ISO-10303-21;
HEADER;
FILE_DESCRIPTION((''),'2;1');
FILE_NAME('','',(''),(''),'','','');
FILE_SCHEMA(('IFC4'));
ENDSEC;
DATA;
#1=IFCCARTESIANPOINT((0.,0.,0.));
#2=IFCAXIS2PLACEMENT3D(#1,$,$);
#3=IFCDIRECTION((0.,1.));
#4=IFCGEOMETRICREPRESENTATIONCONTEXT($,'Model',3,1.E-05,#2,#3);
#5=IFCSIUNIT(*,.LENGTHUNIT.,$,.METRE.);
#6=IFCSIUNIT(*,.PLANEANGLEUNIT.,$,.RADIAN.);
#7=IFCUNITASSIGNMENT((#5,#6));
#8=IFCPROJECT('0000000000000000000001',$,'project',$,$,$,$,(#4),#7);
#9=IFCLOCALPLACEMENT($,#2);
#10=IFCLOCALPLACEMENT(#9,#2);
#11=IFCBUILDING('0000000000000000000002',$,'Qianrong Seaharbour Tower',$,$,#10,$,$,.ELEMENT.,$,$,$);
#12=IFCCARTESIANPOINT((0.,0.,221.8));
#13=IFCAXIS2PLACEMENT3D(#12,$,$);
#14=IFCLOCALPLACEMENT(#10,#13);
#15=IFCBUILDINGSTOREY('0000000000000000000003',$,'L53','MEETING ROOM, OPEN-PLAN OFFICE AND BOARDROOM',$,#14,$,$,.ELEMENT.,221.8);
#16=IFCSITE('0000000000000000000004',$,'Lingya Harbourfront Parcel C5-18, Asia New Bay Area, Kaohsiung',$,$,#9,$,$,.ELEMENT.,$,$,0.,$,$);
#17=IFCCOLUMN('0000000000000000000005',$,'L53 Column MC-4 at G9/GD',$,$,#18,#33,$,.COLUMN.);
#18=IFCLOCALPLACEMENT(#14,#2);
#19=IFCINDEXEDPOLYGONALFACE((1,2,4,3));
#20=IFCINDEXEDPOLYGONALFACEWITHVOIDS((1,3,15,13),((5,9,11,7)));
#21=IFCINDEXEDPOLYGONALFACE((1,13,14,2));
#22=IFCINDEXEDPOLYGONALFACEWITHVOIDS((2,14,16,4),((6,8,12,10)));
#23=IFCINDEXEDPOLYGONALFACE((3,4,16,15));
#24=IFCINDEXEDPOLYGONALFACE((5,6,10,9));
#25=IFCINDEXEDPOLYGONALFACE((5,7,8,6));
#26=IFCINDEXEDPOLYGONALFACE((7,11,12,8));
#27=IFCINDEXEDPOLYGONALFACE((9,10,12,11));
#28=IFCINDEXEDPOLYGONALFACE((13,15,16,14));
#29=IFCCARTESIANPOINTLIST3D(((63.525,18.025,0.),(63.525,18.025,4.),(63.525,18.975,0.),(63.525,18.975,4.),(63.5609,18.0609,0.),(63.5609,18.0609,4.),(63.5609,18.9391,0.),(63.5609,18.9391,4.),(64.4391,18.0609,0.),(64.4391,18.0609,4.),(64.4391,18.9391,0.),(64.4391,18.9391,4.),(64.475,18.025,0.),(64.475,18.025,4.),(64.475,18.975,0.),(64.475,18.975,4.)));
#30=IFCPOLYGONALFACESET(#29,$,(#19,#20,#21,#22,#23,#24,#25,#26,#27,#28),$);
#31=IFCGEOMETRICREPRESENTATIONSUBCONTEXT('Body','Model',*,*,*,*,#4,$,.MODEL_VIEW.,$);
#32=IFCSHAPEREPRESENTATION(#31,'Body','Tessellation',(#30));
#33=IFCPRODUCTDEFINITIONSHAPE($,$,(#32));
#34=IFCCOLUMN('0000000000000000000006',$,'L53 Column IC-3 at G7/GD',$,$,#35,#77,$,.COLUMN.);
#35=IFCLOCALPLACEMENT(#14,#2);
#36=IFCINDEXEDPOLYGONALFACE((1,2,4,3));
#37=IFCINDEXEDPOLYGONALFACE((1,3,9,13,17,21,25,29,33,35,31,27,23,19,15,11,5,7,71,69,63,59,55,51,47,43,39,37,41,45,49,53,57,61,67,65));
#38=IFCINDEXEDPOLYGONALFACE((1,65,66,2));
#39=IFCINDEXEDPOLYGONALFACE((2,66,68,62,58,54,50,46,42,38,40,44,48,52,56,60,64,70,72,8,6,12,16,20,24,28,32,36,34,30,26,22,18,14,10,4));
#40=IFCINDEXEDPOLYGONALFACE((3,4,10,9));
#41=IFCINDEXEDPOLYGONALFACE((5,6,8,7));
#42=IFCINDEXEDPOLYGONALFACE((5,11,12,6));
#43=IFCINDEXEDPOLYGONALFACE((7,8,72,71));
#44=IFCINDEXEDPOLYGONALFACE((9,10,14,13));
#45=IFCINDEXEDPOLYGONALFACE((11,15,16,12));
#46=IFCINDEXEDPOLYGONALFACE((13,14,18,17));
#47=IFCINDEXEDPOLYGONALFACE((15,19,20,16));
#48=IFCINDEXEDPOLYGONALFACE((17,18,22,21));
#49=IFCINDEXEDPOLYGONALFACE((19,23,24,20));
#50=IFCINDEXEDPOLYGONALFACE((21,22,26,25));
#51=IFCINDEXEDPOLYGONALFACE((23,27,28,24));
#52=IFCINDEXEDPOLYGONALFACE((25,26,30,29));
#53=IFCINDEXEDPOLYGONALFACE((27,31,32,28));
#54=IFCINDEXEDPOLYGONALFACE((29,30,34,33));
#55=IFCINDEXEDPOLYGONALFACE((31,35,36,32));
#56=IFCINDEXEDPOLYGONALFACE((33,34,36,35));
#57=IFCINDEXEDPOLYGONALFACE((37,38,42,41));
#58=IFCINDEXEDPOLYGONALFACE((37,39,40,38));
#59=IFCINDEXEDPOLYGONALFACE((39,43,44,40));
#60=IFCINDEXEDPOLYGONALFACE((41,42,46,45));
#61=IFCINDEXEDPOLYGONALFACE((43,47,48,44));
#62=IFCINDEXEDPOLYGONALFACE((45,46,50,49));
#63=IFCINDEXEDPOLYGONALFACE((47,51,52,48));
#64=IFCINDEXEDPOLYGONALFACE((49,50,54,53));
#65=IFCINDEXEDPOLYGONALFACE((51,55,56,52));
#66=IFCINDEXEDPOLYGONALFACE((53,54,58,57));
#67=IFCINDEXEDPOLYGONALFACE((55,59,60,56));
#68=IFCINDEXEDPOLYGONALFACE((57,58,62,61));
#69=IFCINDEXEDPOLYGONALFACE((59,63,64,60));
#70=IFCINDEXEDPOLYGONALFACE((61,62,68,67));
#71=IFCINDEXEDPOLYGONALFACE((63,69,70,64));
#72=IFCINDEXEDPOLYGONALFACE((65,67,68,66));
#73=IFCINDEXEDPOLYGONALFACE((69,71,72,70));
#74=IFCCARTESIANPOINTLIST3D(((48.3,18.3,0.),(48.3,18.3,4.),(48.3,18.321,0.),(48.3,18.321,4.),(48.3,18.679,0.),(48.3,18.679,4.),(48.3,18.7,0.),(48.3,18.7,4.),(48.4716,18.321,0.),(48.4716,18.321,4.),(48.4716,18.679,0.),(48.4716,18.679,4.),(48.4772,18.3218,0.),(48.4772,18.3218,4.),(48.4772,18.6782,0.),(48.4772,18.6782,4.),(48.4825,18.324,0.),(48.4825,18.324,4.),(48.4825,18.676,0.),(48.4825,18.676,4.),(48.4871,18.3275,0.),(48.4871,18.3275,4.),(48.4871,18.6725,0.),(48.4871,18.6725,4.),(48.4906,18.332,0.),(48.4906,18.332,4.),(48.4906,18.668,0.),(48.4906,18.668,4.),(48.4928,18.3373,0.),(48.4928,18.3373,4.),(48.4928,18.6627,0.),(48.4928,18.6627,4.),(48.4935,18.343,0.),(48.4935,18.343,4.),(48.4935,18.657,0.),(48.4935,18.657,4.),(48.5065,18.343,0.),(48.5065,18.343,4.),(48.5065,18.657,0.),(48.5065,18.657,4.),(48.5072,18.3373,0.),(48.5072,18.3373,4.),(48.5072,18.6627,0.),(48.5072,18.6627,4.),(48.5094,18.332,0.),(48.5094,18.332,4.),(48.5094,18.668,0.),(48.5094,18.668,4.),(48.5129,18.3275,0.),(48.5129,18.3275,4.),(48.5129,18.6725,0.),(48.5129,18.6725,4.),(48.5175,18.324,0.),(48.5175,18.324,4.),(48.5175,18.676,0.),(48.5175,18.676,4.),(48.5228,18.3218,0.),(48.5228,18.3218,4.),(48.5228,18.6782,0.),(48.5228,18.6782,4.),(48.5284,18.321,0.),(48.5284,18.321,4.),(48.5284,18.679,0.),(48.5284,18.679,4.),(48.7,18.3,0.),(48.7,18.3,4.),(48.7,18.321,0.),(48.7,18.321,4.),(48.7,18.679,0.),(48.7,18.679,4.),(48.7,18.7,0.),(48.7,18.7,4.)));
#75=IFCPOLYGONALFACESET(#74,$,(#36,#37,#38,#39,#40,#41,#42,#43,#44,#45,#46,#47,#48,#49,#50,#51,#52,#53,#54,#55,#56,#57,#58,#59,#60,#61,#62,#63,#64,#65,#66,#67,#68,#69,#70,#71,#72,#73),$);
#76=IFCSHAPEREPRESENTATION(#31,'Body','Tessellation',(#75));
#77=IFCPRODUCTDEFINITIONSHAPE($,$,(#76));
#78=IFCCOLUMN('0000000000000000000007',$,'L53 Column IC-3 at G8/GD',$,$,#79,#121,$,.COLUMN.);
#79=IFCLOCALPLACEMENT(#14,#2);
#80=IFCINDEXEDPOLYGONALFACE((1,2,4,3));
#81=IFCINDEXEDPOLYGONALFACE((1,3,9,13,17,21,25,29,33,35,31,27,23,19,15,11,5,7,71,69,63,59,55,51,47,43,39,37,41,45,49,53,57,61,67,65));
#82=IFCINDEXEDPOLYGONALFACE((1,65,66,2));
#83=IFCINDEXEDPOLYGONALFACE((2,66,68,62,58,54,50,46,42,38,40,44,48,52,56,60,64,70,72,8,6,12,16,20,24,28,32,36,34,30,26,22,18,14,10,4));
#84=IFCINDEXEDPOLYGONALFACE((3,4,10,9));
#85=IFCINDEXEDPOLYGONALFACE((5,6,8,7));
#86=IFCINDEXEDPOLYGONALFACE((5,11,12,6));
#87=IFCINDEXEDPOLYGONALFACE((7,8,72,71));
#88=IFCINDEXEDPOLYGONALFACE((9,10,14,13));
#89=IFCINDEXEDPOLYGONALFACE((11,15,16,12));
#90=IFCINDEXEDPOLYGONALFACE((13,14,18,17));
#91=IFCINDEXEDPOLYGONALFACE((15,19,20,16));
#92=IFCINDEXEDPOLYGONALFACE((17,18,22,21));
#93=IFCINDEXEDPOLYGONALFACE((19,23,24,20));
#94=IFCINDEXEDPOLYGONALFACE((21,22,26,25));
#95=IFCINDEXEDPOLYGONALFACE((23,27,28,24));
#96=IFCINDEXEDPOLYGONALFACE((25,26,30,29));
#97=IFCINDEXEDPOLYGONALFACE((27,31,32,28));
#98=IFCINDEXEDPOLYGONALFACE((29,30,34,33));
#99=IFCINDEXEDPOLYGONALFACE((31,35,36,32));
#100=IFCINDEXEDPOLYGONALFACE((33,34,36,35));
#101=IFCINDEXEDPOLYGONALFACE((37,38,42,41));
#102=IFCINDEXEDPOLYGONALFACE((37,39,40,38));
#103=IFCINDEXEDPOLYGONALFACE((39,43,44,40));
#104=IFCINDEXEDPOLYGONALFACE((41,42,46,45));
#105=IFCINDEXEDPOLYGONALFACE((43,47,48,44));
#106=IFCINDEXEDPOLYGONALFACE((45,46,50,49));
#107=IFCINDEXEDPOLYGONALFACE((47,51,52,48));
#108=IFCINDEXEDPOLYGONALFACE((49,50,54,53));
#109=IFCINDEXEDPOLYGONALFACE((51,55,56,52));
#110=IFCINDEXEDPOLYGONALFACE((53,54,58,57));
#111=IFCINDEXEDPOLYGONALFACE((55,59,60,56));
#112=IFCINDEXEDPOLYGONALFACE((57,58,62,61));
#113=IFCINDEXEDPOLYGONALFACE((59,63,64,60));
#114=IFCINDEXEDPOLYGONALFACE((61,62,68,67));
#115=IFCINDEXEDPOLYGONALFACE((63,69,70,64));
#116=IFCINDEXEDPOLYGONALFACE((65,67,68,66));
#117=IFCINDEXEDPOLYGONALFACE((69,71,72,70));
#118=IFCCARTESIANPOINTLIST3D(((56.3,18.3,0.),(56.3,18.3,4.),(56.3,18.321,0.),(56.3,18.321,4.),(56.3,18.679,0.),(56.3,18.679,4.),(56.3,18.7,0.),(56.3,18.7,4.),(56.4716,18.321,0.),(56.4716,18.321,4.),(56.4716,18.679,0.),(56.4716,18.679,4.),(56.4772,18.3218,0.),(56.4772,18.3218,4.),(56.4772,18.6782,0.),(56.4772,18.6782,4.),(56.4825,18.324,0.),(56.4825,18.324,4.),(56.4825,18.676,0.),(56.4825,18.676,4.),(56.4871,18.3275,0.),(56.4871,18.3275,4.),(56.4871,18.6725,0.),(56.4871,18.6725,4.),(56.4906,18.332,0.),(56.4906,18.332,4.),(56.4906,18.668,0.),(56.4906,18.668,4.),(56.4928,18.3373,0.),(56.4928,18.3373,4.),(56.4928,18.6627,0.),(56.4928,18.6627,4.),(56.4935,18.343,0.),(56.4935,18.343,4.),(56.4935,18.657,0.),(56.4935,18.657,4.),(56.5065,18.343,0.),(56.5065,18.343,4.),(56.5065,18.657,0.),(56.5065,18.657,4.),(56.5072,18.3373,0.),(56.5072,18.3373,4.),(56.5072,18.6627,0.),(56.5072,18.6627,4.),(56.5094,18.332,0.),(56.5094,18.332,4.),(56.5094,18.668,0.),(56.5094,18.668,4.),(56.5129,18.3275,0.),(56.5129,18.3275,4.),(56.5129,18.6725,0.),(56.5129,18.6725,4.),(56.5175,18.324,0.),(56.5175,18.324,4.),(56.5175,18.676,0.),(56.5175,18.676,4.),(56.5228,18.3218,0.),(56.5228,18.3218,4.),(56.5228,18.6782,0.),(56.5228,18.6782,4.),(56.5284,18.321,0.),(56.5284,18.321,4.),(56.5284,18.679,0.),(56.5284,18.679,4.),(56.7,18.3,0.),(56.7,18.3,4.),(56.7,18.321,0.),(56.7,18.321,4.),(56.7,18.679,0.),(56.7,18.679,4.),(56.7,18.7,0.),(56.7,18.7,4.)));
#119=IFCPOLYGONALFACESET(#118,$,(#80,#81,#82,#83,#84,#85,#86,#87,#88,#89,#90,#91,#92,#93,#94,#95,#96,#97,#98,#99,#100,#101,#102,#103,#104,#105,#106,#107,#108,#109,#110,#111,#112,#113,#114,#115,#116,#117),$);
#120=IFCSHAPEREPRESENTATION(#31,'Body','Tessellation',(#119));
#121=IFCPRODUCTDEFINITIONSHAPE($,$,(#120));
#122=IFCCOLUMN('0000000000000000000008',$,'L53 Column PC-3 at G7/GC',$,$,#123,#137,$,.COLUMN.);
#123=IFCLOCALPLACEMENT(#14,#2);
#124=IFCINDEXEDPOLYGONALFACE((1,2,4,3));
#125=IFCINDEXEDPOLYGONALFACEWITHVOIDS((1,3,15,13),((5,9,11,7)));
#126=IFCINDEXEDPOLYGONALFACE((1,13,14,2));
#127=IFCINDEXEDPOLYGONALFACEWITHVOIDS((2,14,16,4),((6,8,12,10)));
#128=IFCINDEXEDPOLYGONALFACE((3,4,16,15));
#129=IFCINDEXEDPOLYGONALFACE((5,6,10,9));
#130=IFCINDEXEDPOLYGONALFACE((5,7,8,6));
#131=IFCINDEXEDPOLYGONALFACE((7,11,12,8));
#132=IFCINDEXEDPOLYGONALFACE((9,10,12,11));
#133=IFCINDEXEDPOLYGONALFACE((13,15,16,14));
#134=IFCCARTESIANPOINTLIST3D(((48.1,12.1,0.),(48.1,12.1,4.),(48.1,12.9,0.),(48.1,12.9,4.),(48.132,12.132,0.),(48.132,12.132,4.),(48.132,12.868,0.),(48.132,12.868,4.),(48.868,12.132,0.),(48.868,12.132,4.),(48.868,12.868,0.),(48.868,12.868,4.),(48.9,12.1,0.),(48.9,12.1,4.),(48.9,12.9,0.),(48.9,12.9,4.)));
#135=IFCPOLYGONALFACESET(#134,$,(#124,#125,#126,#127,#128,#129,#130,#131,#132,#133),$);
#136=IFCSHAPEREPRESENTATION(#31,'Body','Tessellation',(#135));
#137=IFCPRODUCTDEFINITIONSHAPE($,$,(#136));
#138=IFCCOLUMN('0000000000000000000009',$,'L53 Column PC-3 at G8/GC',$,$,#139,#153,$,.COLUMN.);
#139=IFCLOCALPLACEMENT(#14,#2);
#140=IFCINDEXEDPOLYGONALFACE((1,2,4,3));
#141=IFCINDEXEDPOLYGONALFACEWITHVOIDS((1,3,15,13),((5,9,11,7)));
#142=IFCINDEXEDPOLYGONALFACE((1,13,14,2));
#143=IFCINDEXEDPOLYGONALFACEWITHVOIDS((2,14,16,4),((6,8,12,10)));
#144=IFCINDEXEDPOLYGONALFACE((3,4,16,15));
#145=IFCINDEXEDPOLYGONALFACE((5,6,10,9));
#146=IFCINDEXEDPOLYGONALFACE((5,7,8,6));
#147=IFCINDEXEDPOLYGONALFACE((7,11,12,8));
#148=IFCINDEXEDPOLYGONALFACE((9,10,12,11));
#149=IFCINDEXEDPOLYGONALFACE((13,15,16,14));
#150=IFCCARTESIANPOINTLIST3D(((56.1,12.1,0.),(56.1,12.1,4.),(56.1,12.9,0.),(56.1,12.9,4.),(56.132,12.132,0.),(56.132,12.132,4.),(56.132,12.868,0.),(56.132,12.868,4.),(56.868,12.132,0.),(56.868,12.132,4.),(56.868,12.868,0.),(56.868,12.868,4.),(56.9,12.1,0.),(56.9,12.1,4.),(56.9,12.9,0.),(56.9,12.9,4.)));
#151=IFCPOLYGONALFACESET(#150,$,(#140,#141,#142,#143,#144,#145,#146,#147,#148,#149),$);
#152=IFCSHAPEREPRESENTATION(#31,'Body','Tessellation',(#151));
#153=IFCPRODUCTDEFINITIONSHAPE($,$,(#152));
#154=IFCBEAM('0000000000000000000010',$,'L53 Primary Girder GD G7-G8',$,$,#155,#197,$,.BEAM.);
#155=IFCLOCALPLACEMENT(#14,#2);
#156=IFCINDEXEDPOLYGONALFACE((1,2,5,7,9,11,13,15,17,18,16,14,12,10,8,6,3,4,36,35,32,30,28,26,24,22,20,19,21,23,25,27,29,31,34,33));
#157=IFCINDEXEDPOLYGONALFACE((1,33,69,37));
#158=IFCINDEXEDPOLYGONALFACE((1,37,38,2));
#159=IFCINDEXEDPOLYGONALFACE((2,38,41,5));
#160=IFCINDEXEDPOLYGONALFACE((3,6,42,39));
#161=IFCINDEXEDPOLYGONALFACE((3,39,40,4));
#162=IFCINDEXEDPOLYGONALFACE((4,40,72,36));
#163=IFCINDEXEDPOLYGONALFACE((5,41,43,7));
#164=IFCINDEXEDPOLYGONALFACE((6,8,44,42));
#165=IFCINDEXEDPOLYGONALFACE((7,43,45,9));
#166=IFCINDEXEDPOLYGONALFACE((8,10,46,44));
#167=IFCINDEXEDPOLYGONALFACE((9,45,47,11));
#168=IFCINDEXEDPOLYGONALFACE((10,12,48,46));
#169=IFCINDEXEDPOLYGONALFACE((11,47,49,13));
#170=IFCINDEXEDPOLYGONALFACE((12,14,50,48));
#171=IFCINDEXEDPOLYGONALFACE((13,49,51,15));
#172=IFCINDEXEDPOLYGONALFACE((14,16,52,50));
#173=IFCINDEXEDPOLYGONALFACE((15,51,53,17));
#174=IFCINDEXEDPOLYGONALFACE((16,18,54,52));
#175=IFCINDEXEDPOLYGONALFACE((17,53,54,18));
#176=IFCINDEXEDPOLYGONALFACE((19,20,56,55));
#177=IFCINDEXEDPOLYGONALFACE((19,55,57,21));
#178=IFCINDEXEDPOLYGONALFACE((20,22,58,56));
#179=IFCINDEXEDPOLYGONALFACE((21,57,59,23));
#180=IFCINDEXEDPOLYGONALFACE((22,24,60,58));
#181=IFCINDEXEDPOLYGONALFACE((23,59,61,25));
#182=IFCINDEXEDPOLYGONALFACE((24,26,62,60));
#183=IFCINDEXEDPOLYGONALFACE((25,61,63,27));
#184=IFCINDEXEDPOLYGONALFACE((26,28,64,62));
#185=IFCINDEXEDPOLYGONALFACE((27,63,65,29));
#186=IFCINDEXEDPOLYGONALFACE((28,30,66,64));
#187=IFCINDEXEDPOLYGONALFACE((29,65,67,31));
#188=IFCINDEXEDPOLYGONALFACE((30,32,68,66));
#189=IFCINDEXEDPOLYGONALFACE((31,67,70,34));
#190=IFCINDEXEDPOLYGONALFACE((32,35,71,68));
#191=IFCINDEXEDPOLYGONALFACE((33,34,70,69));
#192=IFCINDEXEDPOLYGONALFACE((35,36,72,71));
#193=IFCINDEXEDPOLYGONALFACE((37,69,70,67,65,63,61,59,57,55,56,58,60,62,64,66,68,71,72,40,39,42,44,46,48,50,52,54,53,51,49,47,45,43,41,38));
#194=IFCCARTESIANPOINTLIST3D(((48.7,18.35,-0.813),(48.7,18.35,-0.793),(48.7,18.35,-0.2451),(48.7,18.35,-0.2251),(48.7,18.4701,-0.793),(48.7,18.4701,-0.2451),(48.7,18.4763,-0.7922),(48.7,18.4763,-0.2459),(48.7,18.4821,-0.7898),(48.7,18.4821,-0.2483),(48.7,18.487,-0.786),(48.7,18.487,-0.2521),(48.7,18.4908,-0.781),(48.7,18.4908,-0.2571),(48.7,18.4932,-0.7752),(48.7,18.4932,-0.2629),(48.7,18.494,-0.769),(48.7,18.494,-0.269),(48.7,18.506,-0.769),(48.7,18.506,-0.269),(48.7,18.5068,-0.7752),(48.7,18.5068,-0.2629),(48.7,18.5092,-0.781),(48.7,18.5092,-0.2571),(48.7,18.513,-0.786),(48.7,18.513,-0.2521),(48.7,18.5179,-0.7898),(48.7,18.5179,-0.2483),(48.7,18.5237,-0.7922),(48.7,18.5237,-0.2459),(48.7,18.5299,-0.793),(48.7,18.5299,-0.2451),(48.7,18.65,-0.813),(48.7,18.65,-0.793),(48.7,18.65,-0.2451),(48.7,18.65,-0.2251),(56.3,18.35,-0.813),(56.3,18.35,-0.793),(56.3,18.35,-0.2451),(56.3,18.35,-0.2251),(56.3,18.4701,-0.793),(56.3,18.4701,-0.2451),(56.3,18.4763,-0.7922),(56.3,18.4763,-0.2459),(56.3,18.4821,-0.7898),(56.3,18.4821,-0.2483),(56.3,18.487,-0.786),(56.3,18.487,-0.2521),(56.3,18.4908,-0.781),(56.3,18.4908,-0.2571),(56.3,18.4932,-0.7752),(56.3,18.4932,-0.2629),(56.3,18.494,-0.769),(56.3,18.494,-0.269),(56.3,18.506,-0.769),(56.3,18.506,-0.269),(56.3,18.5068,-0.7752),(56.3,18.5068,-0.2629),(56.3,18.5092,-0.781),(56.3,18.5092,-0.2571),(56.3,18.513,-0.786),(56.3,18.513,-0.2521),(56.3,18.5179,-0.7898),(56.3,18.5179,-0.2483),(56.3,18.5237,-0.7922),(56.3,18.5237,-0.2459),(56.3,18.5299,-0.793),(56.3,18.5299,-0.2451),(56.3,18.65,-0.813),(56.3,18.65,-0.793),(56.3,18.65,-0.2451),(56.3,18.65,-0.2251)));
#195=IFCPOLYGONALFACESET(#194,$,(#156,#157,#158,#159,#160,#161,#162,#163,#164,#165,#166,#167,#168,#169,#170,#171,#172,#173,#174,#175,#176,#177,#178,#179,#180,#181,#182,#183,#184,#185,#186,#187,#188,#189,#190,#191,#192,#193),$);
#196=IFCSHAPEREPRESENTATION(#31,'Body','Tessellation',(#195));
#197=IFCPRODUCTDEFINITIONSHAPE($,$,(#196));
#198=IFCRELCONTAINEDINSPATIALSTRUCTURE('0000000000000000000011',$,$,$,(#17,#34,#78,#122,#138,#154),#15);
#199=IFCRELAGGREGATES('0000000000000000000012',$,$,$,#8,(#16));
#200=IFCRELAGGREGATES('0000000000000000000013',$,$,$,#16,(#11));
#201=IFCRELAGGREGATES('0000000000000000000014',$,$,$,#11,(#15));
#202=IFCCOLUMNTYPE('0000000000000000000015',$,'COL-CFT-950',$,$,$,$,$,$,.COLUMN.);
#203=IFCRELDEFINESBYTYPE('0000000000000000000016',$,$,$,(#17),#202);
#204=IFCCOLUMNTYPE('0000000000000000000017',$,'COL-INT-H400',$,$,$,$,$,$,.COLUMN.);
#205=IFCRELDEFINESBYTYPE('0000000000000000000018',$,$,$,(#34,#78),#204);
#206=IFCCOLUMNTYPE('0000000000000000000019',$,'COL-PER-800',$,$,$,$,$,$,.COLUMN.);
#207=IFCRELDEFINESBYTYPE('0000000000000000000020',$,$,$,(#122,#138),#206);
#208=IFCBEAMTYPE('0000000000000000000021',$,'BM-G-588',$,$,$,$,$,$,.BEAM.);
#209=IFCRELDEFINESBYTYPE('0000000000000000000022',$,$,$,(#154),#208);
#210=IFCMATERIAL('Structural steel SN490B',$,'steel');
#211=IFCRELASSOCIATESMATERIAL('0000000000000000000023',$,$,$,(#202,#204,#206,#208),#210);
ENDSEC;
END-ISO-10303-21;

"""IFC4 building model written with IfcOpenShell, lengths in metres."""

from ifc_helpers import new_model, si_unit, direction, frame, origin, origin_2d, place, context, subcontext, project, spatial, hollow_rectangle, i_section, extrude, material, material_profile, profile_set, type_object, element, save


model = new_model("IFC4")

# Units and contexts
model_context = context("Model", 3, precision=1e-05, world=origin(), true_north=direction((0.0, 1.0)))
body_context = subcontext(model_context, "Body", "Model", "MODEL_VIEW")
ifc_project = project(units=[si_unit("LENGTHUNIT", "METRE"), si_unit("PLANEANGLEUNIT", "RADIAN")], contexts=[model_context])

# Site, building, storey
site_placement = place(None, origin())
site = spatial("IfcSite", under=ifc_project, at=site_placement, Name="Lingya Harbourfront Parcel C5-18, Asia New Bay Area, Kaohsiung", CompositionType="ELEMENT", RefElevation=0.0)
building_placement = place(site_placement, origin())
building = spatial("IfcBuilding", under=site, at=building_placement, Name="Qianrong Seaharbour Tower", CompositionType="ELEMENT")
storey_placement = place(building_placement, frame((0.0, 0.0, 221.8)))
storey = spatial("IfcBuildingStorey", under=building, at=storey_placement, Name="L53", Description="MEETING ROOM, OPEN-PLAN OFFICE AND BOARDROOM", CompositionType="ELEMENT", Elevation=221.8)

# Columns
ifc_material_1 = material(Name="Structural steel SN490B", Category="steel")
ifc_material_profile_1 = material_profile(ifc_material_1, hollow_rectangle(XDim=0.95, YDim=0.95, WallThickness=0.0359, at=origin_2d()), Name="BOX950x950x36")
ifc_profile_set_1 = profile_set([ifc_material_profile_1], Name="Structural steel SN490B")
column_type_1 = type_object("IfcColumnType", Name="COL-CFT-950", PredefinedType="COLUMN", material=ifc_profile_set_1)
column_placement = place(storey_placement, frame((64.0, 18.5, 0.0), z_axis=(0.0, 0.0, 1.0), x_axis=(1.0, 0.0, 0.0)))
element("IfcColumn", 1, at=column_placement, inside=storey, type_object=column_type_1, Name="L53 Column MC-4 at G9/GD", PredefinedType="COLUMN", context=body_context, shape_type="SweptSolid", body=[
    extrude(hollow_rectangle(XDim=0.95, YDim=0.95, WallThickness=0.0359, at=origin_2d()), origin(), (0.0, 0.0, 1.0), 4.0),
])
ifc_material_profile_2 = material_profile(ifc_material_1, i_section(OverallWidth=0.3999, OverallDepth=0.3999, WebThickness=0.0129, FlangeThickness=0.021, FilletRadius=0.022, at=origin_2d()), Name="H400x400x13x21")
ifc_profile_set_2 = profile_set([ifc_material_profile_2], Name="Structural steel SN490B")
column_type_2 = type_object("IfcColumnType", Name="COL-INT-H400", PredefinedType="COLUMN", material=ifc_profile_set_2)
for number, where, z_axis, x_axis, name in (
    (2, (48.5, 18.5, 0.0), (0.0, 0.0, 1.0), (1.0, 0.0, 0.0), "L53 Column IC-3 at G7/GD"),
    (3, (56.5, 18.5, 0.0), (0.0, 0.0, 1.0), (1.0, 0.0, 0.0), "L53 Column IC-3 at G8/GD"),
):
    element("IfcColumn", number, at=place(storey_placement, frame(where, z_axis=z_axis, x_axis=x_axis)), inside=storey, type_object=column_type_2, Name=name, PredefinedType="COLUMN", context=body_context, shape_type="SweptSolid", body=[
        extrude(i_section(OverallWidth=0.3999, OverallDepth=0.3999, WebThickness=0.0129, FlangeThickness=0.021, FilletRadius=0.022, at=origin_2d()), origin(), (0.0, 0.0, 1.0), 4.0),
    ])
ifc_material_profile_3 = material_profile(ifc_material_1, hollow_rectangle(XDim=0.8, YDim=0.8, WallThickness=0.032, at=origin_2d()), Name="BOX800x800x32")
ifc_profile_set_3 = profile_set([ifc_material_profile_3], Name="Structural steel SN490B")
column_type_3 = type_object("IfcColumnType", Name="COL-PER-800", PredefinedType="COLUMN", material=ifc_profile_set_3)
for number, where, z_axis, x_axis, name in (
    (4, (48.5, 12.5, 0.0), (0.0, 0.0, 1.0), (1.0, 0.0, 0.0), "L53 Column PC-3 at G7/GC"),
    (5, (56.5, 12.5, 0.0), (0.0, 0.0, 1.0), (1.0, 0.0, 0.0), "L53 Column PC-3 at G8/GC"),
):
    element("IfcColumn", number, at=place(storey_placement, frame(where, z_axis=z_axis, x_axis=x_axis)), inside=storey, type_object=column_type_3, Name=name, PredefinedType="COLUMN", context=body_context, shape_type="SweptSolid", body=[
        extrude(hollow_rectangle(XDim=0.8, YDim=0.8, WallThickness=0.032, at=origin_2d()), origin(), (0.0, 0.0, 1.0), 4.0),
    ])

# Beam
ifc_material_profile_4 = material_profile(ifc_material_1, i_section(OverallWidth=0.3, OverallDepth=0.5879, WebThickness=0.012, FlangeThickness=0.02, FilletRadius=0.0239, at=origin_2d()), Name="H588x300x12x20")
ifc_profile_set_4 = profile_set([ifc_material_profile_4], Name="Structural steel SN490B")
beam_type_1 = type_object("IfcBeamType", Name="BM-G-588", PredefinedType="BEAM", material=ifc_profile_set_4)
beam_1_placement = place(storey_placement, frame((48.7, 18.5, -0.519), z_axis=(1.0, 0.0, 0.0), x_axis=(0.0, 1.0, 0.0)))
element("IfcBeam", 6, at=beam_1_placement, inside=storey, type_object=beam_type_1, Name="L53 Primary Girder GD G7-G8", PredefinedType="BEAM", context=body_context, shape_type="SweptSolid", body=[
    extrude(i_section(OverallWidth=0.3, OverallDepth=0.5879, WebThickness=0.012, FlangeThickness=0.02, FilletRadius=0.0239, at=origin_2d()), origin(), (0.0, 0.0, 1.0), 7.6001),
])

save(model, "model.ifc")
